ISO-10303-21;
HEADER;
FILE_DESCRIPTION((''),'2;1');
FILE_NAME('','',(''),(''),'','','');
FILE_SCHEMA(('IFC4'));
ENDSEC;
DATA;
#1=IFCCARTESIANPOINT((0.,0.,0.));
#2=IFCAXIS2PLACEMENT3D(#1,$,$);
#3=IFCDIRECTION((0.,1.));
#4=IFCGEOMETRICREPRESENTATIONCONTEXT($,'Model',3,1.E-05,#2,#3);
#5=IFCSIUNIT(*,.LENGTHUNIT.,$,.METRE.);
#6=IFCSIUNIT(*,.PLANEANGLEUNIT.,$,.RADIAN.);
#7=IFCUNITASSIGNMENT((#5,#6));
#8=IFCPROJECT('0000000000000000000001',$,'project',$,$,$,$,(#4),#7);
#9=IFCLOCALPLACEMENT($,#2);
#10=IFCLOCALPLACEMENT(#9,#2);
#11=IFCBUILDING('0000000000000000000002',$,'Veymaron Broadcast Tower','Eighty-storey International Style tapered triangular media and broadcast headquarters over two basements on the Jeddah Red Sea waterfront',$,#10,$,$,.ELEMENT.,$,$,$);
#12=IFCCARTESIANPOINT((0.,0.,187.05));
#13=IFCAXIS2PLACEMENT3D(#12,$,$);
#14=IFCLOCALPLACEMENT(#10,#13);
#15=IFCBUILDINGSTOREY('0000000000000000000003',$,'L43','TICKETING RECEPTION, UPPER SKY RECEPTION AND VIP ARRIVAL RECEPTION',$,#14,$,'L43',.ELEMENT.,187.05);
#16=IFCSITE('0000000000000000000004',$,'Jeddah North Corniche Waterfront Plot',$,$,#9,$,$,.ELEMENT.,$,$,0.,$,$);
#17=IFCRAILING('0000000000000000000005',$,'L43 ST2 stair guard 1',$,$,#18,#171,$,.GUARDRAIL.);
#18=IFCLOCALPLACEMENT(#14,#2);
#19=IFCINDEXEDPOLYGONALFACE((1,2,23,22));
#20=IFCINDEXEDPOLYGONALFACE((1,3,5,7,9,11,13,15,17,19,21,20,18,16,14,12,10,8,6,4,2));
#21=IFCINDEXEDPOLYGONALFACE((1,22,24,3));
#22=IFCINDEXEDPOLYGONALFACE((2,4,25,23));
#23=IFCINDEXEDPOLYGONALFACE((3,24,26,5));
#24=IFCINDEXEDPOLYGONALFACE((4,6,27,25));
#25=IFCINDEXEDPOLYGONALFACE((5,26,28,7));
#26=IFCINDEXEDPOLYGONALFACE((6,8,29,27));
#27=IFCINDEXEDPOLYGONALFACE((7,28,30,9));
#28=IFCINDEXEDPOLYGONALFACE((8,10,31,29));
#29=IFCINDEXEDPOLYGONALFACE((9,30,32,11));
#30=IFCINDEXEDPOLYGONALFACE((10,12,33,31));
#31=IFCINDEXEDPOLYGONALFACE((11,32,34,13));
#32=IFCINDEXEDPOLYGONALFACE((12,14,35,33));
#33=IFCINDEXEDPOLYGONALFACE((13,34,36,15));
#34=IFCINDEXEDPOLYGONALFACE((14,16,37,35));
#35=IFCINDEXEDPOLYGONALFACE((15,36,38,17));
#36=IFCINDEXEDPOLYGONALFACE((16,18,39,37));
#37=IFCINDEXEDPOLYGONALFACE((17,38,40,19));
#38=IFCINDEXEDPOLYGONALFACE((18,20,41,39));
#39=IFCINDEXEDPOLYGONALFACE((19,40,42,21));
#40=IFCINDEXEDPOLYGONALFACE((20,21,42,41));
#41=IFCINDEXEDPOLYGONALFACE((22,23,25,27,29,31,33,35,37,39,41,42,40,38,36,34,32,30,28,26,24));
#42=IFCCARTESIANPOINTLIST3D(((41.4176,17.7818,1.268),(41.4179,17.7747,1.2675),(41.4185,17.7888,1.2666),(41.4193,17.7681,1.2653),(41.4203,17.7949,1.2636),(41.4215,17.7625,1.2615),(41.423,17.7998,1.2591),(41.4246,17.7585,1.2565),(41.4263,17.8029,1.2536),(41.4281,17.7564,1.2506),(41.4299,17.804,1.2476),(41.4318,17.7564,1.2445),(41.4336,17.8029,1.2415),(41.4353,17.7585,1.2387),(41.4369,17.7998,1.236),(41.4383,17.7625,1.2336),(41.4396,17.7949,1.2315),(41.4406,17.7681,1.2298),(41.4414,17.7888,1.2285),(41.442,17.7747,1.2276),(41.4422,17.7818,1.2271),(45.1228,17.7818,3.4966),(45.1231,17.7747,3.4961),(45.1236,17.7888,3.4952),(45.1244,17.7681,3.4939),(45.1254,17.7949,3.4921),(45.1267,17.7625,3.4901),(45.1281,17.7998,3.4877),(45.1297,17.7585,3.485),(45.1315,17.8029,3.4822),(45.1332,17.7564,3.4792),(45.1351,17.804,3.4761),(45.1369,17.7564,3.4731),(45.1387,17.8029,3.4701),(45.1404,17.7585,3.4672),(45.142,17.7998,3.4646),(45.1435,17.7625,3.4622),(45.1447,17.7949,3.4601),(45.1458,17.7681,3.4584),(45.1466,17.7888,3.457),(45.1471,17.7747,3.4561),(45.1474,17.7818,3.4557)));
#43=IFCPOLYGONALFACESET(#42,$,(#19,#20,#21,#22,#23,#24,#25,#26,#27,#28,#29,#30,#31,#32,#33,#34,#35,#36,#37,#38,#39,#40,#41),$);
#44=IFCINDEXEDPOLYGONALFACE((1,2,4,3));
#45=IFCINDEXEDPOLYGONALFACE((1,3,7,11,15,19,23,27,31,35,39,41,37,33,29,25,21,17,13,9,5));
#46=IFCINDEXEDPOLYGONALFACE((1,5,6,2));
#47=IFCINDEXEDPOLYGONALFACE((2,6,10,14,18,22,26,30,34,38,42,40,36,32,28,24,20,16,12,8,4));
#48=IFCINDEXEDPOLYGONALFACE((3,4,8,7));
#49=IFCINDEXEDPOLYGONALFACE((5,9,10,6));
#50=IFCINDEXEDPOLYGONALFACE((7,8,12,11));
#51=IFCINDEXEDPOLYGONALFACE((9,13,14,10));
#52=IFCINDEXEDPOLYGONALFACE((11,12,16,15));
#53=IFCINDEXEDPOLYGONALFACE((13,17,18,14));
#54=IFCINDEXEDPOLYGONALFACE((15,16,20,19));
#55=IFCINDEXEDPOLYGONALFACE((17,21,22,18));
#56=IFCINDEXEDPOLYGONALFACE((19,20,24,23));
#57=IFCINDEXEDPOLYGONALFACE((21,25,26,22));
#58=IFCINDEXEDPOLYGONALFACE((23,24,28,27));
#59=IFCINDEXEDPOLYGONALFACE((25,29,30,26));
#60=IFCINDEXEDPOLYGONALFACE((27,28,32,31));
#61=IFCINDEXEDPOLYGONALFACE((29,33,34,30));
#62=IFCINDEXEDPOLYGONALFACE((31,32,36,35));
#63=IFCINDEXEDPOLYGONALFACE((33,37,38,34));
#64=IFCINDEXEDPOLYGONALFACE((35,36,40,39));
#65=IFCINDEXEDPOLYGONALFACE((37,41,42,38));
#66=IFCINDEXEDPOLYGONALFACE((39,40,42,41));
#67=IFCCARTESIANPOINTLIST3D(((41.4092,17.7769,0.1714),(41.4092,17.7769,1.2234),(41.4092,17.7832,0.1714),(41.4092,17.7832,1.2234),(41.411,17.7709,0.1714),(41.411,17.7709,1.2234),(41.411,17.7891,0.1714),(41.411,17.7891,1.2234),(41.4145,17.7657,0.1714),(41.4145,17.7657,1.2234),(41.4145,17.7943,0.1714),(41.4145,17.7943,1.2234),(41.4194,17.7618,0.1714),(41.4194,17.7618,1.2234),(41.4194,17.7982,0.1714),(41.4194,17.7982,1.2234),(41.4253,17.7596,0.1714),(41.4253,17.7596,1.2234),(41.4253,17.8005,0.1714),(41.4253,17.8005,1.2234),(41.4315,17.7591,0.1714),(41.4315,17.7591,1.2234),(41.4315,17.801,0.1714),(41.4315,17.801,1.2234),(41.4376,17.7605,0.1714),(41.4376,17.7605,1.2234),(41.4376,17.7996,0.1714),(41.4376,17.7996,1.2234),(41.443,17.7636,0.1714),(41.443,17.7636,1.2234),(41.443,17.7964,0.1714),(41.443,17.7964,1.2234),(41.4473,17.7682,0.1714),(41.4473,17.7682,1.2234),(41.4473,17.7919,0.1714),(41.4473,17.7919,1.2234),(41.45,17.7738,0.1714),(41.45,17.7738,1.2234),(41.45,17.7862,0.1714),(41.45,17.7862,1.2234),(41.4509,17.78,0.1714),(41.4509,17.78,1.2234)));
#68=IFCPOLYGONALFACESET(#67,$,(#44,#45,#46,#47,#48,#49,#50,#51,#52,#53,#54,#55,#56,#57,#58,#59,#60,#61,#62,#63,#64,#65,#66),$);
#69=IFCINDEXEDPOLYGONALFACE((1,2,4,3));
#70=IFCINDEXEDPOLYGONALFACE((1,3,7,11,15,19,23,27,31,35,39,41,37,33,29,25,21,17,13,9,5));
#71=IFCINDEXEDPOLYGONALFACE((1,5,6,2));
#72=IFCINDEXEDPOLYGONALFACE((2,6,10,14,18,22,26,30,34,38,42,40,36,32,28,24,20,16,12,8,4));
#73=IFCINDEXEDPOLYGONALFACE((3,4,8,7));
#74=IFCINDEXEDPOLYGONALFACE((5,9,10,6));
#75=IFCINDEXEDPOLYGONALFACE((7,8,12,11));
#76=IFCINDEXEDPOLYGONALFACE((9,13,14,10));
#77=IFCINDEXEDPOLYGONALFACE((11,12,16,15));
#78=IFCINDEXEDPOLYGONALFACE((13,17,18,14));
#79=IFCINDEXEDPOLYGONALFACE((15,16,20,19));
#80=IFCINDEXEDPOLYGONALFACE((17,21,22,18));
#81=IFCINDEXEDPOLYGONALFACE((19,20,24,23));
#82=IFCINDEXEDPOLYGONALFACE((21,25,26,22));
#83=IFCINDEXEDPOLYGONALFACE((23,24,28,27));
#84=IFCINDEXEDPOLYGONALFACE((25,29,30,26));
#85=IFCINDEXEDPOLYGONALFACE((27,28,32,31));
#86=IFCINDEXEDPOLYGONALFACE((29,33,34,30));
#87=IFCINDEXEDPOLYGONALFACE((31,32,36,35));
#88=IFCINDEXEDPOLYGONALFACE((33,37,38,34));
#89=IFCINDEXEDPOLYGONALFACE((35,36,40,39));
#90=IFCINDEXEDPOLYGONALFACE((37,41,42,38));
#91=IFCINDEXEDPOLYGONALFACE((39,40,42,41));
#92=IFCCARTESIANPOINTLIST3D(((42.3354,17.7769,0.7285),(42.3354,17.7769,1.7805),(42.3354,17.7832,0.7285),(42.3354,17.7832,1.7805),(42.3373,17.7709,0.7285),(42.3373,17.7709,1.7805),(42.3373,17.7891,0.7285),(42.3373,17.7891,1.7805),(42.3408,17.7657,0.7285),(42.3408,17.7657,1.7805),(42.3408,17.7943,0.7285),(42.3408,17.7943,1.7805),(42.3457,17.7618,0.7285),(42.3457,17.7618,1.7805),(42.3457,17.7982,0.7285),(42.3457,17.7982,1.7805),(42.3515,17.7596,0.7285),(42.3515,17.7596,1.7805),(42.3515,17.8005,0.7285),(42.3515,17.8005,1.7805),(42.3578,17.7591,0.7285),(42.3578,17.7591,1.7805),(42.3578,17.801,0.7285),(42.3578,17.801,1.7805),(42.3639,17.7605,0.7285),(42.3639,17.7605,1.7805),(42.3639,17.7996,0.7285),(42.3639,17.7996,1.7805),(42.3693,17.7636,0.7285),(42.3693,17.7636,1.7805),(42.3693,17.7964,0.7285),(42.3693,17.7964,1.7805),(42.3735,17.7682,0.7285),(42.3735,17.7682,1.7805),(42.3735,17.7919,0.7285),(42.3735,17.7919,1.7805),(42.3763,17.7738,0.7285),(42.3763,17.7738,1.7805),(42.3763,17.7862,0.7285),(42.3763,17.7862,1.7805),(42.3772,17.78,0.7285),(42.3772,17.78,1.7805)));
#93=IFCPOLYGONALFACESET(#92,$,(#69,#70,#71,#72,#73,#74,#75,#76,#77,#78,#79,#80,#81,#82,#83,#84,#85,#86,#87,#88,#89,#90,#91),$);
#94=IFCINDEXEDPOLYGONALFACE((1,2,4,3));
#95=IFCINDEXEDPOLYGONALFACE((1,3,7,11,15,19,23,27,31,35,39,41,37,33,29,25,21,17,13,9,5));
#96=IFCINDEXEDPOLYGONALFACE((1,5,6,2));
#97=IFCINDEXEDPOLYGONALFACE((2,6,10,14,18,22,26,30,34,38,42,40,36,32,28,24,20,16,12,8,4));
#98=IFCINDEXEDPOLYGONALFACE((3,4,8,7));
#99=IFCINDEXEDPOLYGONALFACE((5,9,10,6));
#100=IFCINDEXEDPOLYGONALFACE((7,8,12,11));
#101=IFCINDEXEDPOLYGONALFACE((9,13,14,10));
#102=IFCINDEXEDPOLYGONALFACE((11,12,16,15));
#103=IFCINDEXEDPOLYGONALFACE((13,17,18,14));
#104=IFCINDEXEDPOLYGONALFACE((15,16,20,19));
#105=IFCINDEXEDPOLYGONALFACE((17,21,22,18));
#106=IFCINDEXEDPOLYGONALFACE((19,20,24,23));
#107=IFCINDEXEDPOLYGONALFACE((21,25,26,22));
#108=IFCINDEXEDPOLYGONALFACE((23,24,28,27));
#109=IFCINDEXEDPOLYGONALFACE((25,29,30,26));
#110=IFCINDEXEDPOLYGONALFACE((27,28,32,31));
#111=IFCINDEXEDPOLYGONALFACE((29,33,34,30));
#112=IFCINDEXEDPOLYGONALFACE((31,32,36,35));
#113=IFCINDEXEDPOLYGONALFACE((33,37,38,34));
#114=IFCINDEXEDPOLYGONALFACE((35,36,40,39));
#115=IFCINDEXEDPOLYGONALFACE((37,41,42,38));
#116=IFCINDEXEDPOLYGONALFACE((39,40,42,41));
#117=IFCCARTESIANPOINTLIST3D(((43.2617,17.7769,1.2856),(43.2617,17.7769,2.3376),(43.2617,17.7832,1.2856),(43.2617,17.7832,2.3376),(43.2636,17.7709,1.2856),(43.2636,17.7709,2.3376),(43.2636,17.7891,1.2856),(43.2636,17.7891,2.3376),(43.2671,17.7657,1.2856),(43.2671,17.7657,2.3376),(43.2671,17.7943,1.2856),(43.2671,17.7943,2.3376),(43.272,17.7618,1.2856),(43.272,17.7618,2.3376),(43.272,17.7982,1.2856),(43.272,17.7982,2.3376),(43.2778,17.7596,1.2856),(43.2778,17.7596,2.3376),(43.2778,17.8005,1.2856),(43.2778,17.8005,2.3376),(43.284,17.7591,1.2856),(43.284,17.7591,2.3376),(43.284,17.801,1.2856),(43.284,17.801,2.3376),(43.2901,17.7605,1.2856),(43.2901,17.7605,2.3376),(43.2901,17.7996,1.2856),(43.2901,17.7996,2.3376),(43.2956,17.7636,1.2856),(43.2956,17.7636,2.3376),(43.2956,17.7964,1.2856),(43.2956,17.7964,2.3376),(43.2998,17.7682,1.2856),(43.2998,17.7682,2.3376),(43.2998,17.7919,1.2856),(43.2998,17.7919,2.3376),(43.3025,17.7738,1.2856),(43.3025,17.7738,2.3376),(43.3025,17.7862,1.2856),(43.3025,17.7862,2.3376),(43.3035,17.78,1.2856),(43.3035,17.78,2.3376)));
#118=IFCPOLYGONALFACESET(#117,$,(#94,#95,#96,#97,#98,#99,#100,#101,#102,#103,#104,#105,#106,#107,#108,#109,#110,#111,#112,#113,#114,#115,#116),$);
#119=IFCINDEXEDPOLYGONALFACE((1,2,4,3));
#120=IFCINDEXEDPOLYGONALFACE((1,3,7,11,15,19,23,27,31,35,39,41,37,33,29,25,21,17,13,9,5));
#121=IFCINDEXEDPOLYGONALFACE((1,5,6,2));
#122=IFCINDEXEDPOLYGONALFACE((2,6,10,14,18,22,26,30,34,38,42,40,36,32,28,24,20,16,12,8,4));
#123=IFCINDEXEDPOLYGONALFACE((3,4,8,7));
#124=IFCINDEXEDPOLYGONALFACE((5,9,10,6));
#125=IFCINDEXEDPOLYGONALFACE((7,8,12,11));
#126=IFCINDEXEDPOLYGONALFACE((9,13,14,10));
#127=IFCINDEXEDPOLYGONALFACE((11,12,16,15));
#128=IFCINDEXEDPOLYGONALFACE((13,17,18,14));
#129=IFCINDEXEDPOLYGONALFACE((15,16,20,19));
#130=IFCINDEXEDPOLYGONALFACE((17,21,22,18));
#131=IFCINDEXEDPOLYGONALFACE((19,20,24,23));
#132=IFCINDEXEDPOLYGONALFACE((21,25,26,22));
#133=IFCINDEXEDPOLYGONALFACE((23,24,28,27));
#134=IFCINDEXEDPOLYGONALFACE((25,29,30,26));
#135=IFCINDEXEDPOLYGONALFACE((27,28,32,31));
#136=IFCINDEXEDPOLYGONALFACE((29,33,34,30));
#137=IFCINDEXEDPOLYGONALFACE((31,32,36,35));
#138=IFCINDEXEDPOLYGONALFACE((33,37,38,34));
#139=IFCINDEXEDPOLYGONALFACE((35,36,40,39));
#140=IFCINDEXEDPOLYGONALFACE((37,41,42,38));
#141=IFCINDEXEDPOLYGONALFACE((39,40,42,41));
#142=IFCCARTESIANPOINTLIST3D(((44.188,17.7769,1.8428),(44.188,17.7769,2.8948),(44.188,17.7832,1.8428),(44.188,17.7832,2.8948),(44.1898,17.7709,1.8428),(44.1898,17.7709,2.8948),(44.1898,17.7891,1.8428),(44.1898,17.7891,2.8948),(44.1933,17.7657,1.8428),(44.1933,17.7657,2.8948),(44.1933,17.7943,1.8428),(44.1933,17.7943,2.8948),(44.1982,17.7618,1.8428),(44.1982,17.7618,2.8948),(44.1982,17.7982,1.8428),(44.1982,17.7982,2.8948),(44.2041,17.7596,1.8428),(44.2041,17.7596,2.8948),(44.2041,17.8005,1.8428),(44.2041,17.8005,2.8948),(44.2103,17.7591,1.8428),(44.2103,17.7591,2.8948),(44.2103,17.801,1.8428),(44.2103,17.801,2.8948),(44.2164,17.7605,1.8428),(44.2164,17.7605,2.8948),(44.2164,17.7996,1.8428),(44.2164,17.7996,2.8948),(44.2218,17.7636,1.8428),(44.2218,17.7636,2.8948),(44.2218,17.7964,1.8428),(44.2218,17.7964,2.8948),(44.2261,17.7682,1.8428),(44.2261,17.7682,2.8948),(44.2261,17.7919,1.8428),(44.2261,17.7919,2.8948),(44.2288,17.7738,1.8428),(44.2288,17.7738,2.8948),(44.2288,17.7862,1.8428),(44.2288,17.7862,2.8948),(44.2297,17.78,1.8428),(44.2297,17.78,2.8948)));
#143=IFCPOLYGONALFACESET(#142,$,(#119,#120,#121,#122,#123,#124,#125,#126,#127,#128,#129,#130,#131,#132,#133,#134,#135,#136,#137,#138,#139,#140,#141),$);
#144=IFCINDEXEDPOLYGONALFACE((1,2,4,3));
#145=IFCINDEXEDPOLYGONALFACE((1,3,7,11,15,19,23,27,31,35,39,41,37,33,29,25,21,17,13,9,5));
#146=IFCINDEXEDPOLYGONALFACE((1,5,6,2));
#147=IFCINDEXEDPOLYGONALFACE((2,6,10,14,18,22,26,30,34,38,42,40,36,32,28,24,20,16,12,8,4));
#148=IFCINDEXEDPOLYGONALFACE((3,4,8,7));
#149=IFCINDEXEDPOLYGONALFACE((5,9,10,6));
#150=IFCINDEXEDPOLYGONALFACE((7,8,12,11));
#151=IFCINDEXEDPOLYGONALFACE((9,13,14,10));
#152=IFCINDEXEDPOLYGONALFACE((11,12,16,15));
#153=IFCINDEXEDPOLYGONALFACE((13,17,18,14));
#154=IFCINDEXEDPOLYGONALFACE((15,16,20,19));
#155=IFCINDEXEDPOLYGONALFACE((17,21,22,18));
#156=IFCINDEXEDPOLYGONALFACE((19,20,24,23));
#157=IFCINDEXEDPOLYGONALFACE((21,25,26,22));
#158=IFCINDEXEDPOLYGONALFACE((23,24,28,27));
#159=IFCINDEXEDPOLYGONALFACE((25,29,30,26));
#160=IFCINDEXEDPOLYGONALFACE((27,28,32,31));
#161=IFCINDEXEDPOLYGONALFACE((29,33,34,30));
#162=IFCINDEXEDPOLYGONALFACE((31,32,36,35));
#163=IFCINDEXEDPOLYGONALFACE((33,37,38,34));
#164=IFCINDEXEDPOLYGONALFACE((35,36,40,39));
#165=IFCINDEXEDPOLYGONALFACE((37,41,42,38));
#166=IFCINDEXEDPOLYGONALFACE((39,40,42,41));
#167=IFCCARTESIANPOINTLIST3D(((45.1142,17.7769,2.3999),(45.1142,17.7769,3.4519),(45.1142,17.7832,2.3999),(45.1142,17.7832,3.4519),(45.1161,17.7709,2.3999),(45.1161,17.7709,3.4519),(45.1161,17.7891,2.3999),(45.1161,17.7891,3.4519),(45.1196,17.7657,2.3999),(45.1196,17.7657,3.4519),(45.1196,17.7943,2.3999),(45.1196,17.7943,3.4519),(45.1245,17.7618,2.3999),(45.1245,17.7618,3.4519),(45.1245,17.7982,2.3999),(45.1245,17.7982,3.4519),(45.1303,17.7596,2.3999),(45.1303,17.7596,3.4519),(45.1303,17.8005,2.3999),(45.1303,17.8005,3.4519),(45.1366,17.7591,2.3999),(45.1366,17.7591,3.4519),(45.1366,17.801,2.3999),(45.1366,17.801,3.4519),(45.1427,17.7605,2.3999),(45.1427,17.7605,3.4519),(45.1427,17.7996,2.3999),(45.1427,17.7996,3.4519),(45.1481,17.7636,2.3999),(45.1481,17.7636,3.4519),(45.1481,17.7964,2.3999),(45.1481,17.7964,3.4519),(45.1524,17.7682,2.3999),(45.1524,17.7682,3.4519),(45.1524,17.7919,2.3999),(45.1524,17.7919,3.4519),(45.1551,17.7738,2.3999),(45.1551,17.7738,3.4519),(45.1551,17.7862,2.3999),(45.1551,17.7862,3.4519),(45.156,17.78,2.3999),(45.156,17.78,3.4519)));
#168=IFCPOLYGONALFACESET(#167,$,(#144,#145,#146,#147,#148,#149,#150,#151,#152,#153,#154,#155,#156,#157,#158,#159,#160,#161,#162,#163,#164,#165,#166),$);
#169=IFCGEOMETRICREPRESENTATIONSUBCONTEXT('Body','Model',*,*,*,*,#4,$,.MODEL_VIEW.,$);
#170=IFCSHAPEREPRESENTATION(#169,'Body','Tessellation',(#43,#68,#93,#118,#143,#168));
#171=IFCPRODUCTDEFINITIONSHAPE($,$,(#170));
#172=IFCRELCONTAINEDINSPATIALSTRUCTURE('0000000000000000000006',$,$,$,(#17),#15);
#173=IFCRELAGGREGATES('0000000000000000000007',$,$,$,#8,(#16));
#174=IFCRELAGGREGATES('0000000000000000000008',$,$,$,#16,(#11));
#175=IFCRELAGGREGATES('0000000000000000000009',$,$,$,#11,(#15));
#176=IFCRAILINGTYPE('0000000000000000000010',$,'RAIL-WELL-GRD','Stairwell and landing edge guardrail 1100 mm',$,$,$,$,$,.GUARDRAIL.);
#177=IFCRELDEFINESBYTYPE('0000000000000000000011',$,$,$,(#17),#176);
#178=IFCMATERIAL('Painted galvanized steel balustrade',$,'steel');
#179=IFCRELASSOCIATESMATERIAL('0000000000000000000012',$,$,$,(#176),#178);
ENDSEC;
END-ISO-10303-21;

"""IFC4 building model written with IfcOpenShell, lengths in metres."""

from ifc_helpers import new_model, si_unit, direction, frame, origin, origin_2d, place, context, subcontext, project, spatial, circle, extrude, material, type_object, element, save


model = new_model("IFC4")

# Units and contexts
model_context = context("Model", 3, precision=1e-05, world=origin(), true_north=direction((0.0, 1.0)))
body_context = subcontext(model_context, "Body", "Model", "MODEL_VIEW")
ifc_project = project(units=[si_unit("LENGTHUNIT", "METRE"), si_unit("PLANEANGLEUNIT", "RADIAN")], contexts=[model_context])

# Site, building, storey
site_placement = place(None, origin())
site = spatial("IfcSite", under=ifc_project, at=site_placement, Name="Jeddah North Corniche Waterfront Plot", CompositionType="ELEMENT", RefElevation=0.0)
building_placement = place(site_placement, origin())
building = spatial("IfcBuilding", under=site, at=building_placement, Name="Veymaron Broadcast Tower", Description="Eighty-storey International Style tapered triangular media and broadcast headquarters over two basements on the Jeddah Red Sea waterfront", CompositionType="ELEMENT")
storey_placement = place(building_placement, frame((0.0, 0.0, 187.05)))
storey = spatial("IfcBuildingStorey", under=building, at=storey_placement, Name="L43", Description="TICKETING RECEPTION, UPPER SKY RECEPTION AND VIP ARRIVAL RECEPTION", LongName="L43", CompositionType="ELEMENT", Elevation=187.05)

# Railing
ifc_material_1 = material(Name="Painted galvanized steel balustrade", Category="steel")
railing_type_1 = type_object("IfcRailingType", Name="RAIL-WELL-GRD", Description="Stairwell and landing edge guardrail 1100 mm", PredefinedType="GUARDRAIL", material=ifc_material_1)
railing_1_placement = place(storey_placement, frame((41.4299, 17.78, 0.1714)))
element("IfcRailing", 1, at=railing_1_placement, inside=storey, type_object=railing_type_1, Name="L43 ST2 stair guard 1", PredefinedType="GUARDRAIL", context=body_context, shape_type="SweptSolid", body=[
    extrude(circle(Radius=0.0239, at=origin_2d()), frame((0.0, 0.0, 1.0762), z_axis=(0.856934, 0.0, 0.515425), x_axis=(0.0, 1.0, 0.0)), (0.0, 0.0, 1.0), 4.3237),
    extrude(circle(Radius=0.021, at=origin_2d()), origin(), (0.0, 0.0, 1.0), 1.052),
    extrude(circle(Radius=0.021, at=origin_2d()), frame((0.9263, 0.0, 0.5571)), (0.0, 0.0, 1.0), 1.052),
    extrude(circle(Radius=0.021, at=origin_2d()), frame((1.8525, 0.0, 1.1143)), (0.0, 0.0, 1.0), 1.052),
    extrude(circle(Radius=0.021, at=origin_2d()), frame((2.7788, 0.0, 1.6714)), (0.0, 0.0, 1.0), 1.052),
    extrude(circle(Radius=0.021, at=origin_2d()), frame((3.7051, 0.0, 2.2285)), (0.0, 0.0, 1.0), 1.052),
])

save(model, "model.ifc")
